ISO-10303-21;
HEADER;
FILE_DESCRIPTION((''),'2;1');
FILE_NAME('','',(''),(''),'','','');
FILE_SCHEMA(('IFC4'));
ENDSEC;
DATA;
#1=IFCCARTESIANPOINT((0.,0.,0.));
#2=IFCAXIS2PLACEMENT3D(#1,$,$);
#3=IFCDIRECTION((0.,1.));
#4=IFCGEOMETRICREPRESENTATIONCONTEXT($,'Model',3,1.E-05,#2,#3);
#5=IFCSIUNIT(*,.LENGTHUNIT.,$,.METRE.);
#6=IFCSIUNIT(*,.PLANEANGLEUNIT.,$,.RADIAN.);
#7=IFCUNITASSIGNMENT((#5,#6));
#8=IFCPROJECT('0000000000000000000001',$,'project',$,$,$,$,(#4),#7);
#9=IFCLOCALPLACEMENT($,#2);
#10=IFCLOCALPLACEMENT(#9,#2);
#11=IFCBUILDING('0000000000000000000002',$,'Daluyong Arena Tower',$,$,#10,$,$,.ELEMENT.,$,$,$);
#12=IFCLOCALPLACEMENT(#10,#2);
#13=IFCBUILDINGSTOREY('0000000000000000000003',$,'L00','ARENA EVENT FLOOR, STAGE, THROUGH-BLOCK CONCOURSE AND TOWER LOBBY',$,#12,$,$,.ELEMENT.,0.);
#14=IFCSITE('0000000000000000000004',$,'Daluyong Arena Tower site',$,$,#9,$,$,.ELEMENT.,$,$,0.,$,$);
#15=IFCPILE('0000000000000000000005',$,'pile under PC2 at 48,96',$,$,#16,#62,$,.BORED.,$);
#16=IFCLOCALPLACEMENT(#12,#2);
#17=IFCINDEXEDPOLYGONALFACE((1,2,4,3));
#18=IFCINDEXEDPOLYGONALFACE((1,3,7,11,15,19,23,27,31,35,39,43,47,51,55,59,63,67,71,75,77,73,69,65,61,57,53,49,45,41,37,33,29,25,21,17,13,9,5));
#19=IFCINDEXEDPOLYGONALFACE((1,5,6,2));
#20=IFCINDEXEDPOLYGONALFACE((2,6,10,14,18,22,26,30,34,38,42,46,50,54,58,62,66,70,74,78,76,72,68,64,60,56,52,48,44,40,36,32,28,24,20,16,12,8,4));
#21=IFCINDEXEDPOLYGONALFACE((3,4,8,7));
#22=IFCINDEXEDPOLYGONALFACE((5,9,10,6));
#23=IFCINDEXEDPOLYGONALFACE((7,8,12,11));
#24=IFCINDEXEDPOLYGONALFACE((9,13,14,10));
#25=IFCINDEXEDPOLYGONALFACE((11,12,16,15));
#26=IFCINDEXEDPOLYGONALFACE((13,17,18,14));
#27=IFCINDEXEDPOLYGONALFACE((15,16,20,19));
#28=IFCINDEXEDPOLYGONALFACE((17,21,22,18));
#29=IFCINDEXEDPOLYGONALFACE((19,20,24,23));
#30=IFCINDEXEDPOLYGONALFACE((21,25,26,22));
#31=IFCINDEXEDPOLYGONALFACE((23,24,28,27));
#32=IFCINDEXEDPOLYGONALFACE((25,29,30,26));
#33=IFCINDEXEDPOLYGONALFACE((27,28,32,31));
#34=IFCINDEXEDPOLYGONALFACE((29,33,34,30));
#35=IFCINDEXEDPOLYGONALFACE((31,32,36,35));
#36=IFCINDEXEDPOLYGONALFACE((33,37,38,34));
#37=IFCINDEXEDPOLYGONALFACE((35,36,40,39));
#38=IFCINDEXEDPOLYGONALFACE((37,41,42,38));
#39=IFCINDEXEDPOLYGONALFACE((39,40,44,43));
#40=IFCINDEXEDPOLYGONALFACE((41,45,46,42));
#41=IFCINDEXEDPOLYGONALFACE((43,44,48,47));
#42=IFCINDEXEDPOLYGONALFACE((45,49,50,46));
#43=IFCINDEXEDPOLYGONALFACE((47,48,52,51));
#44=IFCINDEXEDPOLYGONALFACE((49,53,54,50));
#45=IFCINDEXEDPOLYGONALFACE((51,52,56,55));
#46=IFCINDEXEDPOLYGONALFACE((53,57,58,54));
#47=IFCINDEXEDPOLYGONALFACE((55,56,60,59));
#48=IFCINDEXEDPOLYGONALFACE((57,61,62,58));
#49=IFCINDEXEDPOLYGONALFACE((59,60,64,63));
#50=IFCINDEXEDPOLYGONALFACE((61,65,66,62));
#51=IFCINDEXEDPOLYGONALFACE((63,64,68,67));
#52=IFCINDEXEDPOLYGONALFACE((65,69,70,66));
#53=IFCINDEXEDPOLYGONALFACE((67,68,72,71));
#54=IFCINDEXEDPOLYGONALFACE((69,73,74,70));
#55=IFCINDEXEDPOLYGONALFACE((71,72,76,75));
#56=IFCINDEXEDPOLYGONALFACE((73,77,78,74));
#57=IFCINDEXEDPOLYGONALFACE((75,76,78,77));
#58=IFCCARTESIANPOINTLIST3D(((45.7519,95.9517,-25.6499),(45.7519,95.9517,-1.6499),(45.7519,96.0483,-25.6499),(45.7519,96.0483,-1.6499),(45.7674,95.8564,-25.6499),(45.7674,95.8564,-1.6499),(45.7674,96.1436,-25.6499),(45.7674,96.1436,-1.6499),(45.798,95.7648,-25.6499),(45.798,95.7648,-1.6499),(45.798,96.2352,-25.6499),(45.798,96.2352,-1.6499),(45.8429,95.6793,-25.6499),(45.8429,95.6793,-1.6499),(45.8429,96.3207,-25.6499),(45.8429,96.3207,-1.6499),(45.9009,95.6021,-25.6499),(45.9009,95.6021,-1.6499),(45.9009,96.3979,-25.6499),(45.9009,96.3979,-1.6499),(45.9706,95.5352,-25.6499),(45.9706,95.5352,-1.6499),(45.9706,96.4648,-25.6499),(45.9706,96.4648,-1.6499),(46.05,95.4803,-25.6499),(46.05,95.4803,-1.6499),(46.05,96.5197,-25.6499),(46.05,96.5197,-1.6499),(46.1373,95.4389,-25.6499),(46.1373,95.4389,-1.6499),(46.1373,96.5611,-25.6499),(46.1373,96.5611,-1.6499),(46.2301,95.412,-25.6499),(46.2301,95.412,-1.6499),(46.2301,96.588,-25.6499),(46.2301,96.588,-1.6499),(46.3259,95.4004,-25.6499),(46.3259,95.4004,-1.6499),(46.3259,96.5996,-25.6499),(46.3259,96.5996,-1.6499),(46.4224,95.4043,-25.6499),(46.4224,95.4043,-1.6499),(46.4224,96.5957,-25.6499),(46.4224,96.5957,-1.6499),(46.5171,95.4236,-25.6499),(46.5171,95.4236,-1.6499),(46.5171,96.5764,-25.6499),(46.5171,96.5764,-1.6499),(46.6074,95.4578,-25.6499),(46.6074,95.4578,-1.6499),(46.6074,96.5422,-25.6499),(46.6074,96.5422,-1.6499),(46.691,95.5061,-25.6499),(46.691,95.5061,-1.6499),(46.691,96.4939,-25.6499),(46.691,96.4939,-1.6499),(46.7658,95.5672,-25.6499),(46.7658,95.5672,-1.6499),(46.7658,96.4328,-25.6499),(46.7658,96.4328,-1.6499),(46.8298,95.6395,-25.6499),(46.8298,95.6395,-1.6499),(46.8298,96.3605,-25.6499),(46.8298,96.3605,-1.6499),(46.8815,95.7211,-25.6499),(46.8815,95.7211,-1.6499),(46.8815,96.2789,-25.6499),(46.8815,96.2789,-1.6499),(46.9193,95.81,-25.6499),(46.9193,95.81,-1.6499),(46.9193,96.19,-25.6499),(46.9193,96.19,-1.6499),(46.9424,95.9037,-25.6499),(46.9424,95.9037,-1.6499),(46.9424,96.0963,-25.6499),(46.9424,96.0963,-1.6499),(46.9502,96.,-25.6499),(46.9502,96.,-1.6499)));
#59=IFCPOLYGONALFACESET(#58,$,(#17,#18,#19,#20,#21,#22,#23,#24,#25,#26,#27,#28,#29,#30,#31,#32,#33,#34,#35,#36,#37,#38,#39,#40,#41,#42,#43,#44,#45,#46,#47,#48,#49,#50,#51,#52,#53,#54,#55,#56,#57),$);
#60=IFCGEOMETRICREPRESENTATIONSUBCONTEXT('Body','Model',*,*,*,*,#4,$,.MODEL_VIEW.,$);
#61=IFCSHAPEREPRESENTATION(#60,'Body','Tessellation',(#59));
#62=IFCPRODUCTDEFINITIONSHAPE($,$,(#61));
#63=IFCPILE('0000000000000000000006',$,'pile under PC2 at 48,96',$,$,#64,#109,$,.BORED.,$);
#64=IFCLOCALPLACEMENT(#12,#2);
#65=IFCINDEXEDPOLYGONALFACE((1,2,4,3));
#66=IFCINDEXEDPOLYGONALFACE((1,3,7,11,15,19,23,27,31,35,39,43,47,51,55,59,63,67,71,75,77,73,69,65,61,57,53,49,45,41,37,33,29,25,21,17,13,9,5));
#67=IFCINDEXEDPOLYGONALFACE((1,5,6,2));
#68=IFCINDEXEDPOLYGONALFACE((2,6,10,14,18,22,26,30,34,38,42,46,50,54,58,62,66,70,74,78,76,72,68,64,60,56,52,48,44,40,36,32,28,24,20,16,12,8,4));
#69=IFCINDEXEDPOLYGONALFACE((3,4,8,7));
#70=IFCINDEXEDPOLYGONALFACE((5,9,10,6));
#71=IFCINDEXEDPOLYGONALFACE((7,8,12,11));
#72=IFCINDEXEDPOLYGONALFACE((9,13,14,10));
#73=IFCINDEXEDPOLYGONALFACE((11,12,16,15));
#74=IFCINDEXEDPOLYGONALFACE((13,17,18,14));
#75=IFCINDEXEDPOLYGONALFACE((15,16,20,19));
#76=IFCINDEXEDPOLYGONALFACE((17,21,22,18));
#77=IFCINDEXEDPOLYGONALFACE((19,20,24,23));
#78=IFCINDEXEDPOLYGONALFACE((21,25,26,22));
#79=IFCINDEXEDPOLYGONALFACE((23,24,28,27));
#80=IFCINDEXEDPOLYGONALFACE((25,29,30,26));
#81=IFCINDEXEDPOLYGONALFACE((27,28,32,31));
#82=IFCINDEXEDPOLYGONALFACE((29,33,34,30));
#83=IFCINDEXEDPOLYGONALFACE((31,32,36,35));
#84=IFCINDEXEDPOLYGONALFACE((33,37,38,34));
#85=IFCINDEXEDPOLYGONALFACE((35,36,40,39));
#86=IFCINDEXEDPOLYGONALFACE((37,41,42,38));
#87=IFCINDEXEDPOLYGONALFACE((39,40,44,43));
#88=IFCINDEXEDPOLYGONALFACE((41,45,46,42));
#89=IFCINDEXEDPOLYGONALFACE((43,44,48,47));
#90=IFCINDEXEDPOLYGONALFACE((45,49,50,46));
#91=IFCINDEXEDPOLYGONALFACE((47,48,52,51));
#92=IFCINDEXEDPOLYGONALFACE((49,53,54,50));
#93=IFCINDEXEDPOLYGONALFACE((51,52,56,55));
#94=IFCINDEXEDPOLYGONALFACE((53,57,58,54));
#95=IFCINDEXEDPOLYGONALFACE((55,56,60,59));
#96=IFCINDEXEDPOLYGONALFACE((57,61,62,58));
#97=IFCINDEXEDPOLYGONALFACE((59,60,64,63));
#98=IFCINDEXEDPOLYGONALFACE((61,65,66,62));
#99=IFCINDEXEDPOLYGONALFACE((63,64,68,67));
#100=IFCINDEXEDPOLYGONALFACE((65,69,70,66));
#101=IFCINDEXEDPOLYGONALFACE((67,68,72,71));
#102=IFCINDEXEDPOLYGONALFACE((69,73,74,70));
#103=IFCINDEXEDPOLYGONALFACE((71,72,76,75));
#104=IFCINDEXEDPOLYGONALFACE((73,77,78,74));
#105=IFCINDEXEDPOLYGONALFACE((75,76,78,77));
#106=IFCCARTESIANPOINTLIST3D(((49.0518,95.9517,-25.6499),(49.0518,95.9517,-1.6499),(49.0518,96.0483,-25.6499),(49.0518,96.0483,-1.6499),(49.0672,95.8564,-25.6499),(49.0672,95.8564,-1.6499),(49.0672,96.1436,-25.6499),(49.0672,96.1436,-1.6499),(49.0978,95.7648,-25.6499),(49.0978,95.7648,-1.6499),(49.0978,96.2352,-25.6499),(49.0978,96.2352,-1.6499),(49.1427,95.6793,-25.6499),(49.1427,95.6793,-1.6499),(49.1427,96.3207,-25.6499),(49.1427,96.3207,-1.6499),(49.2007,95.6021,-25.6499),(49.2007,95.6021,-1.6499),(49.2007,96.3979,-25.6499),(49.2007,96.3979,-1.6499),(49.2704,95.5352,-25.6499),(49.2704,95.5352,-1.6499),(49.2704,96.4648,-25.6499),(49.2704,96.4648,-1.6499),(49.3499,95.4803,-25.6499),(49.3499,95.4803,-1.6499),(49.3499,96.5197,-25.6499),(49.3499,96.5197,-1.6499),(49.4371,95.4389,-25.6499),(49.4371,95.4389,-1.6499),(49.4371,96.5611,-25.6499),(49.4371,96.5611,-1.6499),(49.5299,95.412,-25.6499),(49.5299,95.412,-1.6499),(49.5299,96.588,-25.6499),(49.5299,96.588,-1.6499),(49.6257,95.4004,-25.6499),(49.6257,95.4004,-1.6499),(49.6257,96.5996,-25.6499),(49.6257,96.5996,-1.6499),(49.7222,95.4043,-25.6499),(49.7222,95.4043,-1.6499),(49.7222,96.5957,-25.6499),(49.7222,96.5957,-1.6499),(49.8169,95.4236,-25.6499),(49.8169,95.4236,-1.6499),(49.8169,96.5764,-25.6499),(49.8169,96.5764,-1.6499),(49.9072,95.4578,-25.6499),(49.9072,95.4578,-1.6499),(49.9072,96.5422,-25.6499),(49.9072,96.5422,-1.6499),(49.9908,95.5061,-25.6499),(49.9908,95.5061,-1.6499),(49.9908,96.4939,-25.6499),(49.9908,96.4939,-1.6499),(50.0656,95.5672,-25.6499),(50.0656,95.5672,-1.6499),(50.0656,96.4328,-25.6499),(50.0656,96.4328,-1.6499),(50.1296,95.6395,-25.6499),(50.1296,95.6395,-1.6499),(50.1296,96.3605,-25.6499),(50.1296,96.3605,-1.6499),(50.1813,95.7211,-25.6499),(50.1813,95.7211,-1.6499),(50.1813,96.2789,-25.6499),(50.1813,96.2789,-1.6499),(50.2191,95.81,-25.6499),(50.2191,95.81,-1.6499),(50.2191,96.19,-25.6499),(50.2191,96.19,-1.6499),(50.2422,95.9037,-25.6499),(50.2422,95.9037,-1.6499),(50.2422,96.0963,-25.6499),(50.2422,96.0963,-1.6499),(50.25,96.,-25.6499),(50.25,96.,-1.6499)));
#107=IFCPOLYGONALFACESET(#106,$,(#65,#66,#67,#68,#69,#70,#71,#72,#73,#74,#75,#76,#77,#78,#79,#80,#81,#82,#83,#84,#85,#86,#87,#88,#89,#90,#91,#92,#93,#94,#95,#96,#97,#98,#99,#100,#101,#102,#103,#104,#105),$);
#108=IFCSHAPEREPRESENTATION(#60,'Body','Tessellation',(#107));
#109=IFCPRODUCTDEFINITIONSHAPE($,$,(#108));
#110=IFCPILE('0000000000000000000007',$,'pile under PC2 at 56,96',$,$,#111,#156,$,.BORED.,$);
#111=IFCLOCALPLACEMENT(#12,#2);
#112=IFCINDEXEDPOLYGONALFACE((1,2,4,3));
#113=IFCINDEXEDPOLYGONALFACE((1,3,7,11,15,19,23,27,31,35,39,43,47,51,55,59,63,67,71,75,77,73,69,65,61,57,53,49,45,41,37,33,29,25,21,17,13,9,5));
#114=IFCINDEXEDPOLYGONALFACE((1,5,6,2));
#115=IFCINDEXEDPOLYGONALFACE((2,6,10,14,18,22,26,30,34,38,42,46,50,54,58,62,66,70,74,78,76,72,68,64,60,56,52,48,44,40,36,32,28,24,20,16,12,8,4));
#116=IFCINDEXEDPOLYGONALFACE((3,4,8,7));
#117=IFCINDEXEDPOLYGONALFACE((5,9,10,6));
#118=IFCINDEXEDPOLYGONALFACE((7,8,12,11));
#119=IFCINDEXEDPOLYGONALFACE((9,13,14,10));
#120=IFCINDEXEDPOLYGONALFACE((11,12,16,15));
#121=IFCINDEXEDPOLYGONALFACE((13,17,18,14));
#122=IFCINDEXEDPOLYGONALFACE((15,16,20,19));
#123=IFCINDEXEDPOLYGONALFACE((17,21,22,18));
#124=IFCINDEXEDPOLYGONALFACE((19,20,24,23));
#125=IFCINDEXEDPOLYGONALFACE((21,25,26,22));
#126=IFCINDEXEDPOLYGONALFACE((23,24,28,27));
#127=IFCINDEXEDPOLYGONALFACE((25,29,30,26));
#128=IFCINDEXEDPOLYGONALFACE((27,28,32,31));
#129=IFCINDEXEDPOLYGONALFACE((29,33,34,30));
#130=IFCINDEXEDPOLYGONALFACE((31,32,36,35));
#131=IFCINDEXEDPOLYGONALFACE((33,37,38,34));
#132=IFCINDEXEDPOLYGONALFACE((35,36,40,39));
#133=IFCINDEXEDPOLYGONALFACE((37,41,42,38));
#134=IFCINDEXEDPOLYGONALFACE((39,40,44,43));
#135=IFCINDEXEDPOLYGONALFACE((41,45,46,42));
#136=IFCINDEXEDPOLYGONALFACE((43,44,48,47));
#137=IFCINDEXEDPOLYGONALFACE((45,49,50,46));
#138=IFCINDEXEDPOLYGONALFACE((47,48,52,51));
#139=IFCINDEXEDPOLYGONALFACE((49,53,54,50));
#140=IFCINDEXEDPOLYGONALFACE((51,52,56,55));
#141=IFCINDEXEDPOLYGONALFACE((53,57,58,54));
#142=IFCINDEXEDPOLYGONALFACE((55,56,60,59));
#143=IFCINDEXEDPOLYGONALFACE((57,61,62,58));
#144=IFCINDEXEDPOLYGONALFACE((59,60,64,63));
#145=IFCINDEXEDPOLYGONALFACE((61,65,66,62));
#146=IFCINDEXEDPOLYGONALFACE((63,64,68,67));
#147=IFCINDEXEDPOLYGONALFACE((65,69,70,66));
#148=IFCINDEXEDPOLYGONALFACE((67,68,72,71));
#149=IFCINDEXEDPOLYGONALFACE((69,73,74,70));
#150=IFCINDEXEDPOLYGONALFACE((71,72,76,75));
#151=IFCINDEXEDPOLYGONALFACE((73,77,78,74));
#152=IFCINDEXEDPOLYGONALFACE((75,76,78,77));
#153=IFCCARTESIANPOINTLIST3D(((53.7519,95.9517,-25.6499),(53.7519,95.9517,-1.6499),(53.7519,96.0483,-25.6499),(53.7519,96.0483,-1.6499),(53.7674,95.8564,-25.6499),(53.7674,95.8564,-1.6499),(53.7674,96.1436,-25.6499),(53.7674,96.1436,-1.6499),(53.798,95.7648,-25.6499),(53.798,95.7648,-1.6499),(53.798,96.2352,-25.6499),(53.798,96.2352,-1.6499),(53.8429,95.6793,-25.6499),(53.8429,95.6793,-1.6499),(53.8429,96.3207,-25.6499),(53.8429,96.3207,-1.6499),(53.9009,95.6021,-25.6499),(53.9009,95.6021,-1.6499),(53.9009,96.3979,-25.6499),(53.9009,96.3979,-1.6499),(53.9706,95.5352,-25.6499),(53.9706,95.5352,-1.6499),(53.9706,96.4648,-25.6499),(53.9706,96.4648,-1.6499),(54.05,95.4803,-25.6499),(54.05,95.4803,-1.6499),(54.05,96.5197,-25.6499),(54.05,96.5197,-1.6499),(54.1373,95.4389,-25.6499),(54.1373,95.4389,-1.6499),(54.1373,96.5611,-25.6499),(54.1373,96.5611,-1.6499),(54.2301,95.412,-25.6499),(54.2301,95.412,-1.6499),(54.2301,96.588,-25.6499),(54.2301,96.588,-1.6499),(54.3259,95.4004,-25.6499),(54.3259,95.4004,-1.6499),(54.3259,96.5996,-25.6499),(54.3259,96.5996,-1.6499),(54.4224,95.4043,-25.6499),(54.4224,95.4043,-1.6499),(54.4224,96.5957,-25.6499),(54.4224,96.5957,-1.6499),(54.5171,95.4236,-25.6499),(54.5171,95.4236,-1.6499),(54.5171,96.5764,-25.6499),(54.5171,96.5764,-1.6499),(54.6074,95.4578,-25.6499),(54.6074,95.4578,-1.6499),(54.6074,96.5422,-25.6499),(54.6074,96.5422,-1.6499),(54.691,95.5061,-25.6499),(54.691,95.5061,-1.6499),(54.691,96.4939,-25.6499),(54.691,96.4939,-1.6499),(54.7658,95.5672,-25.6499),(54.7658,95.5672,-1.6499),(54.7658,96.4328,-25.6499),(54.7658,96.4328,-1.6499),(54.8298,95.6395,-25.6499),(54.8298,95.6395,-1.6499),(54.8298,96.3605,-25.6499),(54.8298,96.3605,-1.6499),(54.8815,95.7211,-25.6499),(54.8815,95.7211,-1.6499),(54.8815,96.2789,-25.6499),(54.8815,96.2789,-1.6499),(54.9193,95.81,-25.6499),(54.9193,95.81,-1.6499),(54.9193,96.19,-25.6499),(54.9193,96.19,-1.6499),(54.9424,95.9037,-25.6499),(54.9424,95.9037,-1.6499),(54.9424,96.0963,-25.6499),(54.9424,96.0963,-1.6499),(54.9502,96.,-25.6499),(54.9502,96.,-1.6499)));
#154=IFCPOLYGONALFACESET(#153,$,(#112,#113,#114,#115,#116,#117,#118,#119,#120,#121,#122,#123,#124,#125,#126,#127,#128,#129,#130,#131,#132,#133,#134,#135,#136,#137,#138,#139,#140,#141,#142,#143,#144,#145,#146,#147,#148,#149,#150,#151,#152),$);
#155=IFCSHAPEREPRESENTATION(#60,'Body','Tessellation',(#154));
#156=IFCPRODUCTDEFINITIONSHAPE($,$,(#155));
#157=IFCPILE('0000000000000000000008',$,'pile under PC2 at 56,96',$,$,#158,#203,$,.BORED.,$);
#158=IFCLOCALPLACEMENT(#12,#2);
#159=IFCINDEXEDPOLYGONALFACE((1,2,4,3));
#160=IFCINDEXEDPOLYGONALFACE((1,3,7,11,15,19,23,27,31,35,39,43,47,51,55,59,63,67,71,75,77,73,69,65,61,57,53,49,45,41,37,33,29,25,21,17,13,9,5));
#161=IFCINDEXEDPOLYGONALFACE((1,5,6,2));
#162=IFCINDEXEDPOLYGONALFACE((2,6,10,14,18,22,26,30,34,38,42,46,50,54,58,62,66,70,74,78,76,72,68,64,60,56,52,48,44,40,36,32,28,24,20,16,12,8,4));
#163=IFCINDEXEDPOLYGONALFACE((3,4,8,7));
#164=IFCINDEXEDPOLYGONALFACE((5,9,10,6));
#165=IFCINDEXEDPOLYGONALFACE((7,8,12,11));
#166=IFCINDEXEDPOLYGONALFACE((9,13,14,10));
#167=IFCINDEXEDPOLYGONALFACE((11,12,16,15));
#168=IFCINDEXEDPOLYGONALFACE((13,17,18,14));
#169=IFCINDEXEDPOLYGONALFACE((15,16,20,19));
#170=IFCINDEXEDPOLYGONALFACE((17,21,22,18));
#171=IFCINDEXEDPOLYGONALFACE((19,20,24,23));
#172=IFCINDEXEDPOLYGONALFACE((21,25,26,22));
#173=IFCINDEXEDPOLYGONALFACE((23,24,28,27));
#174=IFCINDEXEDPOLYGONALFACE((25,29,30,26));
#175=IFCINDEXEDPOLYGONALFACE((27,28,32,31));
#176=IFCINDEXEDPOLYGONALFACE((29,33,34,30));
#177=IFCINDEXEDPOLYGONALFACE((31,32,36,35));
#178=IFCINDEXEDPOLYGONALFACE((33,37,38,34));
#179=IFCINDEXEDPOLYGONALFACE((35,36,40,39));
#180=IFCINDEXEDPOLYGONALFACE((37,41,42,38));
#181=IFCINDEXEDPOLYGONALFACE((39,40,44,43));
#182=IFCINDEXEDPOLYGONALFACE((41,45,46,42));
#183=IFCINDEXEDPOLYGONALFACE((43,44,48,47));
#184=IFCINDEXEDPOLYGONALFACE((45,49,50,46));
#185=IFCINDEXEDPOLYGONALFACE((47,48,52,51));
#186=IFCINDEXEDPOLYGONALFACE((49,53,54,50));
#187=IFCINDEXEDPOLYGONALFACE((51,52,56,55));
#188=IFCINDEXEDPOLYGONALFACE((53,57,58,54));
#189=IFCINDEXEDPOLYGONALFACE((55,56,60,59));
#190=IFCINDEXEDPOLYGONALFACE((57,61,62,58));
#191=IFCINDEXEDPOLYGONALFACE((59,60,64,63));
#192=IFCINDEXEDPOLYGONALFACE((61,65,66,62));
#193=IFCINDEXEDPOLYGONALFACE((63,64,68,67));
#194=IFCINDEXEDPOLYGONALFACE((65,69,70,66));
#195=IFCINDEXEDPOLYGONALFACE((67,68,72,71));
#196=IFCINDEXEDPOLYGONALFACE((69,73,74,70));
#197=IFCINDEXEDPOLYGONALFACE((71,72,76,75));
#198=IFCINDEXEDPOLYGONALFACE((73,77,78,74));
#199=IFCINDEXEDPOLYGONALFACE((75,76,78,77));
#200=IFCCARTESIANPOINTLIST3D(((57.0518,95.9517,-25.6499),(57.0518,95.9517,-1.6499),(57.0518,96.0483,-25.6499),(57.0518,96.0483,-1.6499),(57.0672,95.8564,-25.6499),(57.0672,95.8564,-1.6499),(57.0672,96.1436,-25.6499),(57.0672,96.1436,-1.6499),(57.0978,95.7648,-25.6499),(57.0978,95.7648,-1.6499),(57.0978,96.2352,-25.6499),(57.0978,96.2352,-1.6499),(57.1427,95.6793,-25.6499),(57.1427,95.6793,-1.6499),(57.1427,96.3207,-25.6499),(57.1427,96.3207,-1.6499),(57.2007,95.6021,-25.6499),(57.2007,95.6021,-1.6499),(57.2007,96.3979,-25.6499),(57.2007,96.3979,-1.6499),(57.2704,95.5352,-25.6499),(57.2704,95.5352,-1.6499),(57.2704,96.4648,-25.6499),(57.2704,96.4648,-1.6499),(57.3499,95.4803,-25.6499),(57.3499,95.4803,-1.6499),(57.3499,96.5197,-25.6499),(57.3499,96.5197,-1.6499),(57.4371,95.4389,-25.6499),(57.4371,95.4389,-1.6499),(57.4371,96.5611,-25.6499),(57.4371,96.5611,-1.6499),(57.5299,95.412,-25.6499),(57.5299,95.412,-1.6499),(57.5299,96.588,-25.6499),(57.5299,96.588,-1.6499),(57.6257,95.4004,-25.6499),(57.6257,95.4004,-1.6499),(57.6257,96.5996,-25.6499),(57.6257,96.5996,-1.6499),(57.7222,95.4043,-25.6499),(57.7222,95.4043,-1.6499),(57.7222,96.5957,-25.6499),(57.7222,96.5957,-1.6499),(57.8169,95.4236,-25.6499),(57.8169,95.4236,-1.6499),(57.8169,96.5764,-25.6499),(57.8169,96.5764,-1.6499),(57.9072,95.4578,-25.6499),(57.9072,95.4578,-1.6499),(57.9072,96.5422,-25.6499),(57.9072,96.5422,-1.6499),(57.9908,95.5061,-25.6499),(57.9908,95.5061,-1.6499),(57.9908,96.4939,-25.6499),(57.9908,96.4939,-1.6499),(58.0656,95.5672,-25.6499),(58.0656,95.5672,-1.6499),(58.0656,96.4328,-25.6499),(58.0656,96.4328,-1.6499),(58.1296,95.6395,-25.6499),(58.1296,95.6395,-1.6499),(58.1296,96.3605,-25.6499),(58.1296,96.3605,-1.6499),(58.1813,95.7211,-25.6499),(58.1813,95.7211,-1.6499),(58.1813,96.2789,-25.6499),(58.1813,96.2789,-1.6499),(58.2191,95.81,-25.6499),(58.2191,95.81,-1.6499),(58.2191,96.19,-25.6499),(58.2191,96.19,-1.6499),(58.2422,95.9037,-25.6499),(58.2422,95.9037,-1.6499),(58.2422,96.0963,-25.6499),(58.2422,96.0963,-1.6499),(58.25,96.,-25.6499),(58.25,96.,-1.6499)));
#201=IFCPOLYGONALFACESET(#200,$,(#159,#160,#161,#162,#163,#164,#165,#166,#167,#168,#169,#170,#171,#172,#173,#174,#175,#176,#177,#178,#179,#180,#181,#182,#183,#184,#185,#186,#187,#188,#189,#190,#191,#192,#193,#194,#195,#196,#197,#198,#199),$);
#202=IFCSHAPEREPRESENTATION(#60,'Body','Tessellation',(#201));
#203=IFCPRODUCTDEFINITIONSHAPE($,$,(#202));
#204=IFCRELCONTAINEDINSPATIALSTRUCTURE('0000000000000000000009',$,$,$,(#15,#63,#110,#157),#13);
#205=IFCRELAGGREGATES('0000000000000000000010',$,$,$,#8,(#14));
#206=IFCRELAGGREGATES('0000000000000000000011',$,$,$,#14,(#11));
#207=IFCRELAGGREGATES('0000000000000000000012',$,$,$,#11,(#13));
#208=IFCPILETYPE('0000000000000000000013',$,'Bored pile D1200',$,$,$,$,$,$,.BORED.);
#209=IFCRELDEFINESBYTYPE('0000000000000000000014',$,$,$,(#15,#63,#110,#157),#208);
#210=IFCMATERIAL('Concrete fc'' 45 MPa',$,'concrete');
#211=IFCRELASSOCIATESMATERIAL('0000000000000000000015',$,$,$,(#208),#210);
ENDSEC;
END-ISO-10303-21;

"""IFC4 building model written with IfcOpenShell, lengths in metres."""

from ifc_helpers import new_model, si_unit, direction, frame, origin, origin_2d, place, context, subcontext, project, spatial, circle, extrude, material, type_object, element, save


model = new_model("IFC4")

# Units and contexts
model_context = context("Model", 3, precision=1e-05, world=origin(), true_north=direction((0.0, 1.0)))
body_context = subcontext(model_context, "Body", "Model", "MODEL_VIEW")
ifc_project = project(units=[si_unit("LENGTHUNIT", "METRE"), si_unit("PLANEANGLEUNIT", "RADIAN")], contexts=[model_context])

# Site, building, storey
site_placement = place(None, origin())
site = spatial("IfcSite", under=ifc_project, at=site_placement, Name="Daluyong Arena Tower site", CompositionType="ELEMENT", RefElevation=0.0)
building_placement = place(site_placement, origin())
building = spatial("IfcBuilding", under=site, at=building_placement, Name="Daluyong Arena Tower", CompositionType="ELEMENT")
storey_placement = place(building_placement, origin())
storey = spatial("IfcBuildingStorey", under=building, at=storey_placement, Name="L00", Description="ARENA EVENT FLOOR, STAGE, THROUGH-BLOCK CONCOURSE AND TOWER LOBBY", CompositionType="ELEMENT", Elevation=0.0)

# Piles
ifc_material_1 = material(Name="Concrete fc' 45 MPa", Category="concrete")
pile_type_1 = type_object("IfcPileType", Name="Bored pile D1200", PredefinedType="BORED", material=ifc_material_1)
for number, where, z_axis, x_axis, name in (
    (1, (46.3501, 96.0, -1.6499), (0.0, 0.0, -1.0), (1.0, 0.0, 0.0), "pile under PC2 at 48,96"),
    (2, (49.6499, 96.0, -1.6499), (0.0, 0.0, -1.0), (1.0, 0.0, 0.0), "pile under PC2 at 48,96"),
    (3, (54.3501, 96.0, -1.6499), (0.0, 0.0, -1.0), (1.0, 0.0, 0.0), "pile under PC2 at 56,96"),
    (4, (57.6499, 96.0, -1.6499), (0.0, 0.0, -1.0), (1.0, 0.0, 0.0), "pile under PC2 at 56,96"),
):
    element("IfcPile", number, at=place(storey_placement, frame(where, z_axis=z_axis, x_axis=x_axis)), inside=storey, type_object=pile_type_1, Name=name, PredefinedType="BORED", context=body_context, shape_type="SweptSolid", body=[
        extrude(circle(Radius=0.6001, at=origin_2d()), origin(), (0.0, 0.0, 1.0), 24.0),
    ])

save(model, "model.ifc")
